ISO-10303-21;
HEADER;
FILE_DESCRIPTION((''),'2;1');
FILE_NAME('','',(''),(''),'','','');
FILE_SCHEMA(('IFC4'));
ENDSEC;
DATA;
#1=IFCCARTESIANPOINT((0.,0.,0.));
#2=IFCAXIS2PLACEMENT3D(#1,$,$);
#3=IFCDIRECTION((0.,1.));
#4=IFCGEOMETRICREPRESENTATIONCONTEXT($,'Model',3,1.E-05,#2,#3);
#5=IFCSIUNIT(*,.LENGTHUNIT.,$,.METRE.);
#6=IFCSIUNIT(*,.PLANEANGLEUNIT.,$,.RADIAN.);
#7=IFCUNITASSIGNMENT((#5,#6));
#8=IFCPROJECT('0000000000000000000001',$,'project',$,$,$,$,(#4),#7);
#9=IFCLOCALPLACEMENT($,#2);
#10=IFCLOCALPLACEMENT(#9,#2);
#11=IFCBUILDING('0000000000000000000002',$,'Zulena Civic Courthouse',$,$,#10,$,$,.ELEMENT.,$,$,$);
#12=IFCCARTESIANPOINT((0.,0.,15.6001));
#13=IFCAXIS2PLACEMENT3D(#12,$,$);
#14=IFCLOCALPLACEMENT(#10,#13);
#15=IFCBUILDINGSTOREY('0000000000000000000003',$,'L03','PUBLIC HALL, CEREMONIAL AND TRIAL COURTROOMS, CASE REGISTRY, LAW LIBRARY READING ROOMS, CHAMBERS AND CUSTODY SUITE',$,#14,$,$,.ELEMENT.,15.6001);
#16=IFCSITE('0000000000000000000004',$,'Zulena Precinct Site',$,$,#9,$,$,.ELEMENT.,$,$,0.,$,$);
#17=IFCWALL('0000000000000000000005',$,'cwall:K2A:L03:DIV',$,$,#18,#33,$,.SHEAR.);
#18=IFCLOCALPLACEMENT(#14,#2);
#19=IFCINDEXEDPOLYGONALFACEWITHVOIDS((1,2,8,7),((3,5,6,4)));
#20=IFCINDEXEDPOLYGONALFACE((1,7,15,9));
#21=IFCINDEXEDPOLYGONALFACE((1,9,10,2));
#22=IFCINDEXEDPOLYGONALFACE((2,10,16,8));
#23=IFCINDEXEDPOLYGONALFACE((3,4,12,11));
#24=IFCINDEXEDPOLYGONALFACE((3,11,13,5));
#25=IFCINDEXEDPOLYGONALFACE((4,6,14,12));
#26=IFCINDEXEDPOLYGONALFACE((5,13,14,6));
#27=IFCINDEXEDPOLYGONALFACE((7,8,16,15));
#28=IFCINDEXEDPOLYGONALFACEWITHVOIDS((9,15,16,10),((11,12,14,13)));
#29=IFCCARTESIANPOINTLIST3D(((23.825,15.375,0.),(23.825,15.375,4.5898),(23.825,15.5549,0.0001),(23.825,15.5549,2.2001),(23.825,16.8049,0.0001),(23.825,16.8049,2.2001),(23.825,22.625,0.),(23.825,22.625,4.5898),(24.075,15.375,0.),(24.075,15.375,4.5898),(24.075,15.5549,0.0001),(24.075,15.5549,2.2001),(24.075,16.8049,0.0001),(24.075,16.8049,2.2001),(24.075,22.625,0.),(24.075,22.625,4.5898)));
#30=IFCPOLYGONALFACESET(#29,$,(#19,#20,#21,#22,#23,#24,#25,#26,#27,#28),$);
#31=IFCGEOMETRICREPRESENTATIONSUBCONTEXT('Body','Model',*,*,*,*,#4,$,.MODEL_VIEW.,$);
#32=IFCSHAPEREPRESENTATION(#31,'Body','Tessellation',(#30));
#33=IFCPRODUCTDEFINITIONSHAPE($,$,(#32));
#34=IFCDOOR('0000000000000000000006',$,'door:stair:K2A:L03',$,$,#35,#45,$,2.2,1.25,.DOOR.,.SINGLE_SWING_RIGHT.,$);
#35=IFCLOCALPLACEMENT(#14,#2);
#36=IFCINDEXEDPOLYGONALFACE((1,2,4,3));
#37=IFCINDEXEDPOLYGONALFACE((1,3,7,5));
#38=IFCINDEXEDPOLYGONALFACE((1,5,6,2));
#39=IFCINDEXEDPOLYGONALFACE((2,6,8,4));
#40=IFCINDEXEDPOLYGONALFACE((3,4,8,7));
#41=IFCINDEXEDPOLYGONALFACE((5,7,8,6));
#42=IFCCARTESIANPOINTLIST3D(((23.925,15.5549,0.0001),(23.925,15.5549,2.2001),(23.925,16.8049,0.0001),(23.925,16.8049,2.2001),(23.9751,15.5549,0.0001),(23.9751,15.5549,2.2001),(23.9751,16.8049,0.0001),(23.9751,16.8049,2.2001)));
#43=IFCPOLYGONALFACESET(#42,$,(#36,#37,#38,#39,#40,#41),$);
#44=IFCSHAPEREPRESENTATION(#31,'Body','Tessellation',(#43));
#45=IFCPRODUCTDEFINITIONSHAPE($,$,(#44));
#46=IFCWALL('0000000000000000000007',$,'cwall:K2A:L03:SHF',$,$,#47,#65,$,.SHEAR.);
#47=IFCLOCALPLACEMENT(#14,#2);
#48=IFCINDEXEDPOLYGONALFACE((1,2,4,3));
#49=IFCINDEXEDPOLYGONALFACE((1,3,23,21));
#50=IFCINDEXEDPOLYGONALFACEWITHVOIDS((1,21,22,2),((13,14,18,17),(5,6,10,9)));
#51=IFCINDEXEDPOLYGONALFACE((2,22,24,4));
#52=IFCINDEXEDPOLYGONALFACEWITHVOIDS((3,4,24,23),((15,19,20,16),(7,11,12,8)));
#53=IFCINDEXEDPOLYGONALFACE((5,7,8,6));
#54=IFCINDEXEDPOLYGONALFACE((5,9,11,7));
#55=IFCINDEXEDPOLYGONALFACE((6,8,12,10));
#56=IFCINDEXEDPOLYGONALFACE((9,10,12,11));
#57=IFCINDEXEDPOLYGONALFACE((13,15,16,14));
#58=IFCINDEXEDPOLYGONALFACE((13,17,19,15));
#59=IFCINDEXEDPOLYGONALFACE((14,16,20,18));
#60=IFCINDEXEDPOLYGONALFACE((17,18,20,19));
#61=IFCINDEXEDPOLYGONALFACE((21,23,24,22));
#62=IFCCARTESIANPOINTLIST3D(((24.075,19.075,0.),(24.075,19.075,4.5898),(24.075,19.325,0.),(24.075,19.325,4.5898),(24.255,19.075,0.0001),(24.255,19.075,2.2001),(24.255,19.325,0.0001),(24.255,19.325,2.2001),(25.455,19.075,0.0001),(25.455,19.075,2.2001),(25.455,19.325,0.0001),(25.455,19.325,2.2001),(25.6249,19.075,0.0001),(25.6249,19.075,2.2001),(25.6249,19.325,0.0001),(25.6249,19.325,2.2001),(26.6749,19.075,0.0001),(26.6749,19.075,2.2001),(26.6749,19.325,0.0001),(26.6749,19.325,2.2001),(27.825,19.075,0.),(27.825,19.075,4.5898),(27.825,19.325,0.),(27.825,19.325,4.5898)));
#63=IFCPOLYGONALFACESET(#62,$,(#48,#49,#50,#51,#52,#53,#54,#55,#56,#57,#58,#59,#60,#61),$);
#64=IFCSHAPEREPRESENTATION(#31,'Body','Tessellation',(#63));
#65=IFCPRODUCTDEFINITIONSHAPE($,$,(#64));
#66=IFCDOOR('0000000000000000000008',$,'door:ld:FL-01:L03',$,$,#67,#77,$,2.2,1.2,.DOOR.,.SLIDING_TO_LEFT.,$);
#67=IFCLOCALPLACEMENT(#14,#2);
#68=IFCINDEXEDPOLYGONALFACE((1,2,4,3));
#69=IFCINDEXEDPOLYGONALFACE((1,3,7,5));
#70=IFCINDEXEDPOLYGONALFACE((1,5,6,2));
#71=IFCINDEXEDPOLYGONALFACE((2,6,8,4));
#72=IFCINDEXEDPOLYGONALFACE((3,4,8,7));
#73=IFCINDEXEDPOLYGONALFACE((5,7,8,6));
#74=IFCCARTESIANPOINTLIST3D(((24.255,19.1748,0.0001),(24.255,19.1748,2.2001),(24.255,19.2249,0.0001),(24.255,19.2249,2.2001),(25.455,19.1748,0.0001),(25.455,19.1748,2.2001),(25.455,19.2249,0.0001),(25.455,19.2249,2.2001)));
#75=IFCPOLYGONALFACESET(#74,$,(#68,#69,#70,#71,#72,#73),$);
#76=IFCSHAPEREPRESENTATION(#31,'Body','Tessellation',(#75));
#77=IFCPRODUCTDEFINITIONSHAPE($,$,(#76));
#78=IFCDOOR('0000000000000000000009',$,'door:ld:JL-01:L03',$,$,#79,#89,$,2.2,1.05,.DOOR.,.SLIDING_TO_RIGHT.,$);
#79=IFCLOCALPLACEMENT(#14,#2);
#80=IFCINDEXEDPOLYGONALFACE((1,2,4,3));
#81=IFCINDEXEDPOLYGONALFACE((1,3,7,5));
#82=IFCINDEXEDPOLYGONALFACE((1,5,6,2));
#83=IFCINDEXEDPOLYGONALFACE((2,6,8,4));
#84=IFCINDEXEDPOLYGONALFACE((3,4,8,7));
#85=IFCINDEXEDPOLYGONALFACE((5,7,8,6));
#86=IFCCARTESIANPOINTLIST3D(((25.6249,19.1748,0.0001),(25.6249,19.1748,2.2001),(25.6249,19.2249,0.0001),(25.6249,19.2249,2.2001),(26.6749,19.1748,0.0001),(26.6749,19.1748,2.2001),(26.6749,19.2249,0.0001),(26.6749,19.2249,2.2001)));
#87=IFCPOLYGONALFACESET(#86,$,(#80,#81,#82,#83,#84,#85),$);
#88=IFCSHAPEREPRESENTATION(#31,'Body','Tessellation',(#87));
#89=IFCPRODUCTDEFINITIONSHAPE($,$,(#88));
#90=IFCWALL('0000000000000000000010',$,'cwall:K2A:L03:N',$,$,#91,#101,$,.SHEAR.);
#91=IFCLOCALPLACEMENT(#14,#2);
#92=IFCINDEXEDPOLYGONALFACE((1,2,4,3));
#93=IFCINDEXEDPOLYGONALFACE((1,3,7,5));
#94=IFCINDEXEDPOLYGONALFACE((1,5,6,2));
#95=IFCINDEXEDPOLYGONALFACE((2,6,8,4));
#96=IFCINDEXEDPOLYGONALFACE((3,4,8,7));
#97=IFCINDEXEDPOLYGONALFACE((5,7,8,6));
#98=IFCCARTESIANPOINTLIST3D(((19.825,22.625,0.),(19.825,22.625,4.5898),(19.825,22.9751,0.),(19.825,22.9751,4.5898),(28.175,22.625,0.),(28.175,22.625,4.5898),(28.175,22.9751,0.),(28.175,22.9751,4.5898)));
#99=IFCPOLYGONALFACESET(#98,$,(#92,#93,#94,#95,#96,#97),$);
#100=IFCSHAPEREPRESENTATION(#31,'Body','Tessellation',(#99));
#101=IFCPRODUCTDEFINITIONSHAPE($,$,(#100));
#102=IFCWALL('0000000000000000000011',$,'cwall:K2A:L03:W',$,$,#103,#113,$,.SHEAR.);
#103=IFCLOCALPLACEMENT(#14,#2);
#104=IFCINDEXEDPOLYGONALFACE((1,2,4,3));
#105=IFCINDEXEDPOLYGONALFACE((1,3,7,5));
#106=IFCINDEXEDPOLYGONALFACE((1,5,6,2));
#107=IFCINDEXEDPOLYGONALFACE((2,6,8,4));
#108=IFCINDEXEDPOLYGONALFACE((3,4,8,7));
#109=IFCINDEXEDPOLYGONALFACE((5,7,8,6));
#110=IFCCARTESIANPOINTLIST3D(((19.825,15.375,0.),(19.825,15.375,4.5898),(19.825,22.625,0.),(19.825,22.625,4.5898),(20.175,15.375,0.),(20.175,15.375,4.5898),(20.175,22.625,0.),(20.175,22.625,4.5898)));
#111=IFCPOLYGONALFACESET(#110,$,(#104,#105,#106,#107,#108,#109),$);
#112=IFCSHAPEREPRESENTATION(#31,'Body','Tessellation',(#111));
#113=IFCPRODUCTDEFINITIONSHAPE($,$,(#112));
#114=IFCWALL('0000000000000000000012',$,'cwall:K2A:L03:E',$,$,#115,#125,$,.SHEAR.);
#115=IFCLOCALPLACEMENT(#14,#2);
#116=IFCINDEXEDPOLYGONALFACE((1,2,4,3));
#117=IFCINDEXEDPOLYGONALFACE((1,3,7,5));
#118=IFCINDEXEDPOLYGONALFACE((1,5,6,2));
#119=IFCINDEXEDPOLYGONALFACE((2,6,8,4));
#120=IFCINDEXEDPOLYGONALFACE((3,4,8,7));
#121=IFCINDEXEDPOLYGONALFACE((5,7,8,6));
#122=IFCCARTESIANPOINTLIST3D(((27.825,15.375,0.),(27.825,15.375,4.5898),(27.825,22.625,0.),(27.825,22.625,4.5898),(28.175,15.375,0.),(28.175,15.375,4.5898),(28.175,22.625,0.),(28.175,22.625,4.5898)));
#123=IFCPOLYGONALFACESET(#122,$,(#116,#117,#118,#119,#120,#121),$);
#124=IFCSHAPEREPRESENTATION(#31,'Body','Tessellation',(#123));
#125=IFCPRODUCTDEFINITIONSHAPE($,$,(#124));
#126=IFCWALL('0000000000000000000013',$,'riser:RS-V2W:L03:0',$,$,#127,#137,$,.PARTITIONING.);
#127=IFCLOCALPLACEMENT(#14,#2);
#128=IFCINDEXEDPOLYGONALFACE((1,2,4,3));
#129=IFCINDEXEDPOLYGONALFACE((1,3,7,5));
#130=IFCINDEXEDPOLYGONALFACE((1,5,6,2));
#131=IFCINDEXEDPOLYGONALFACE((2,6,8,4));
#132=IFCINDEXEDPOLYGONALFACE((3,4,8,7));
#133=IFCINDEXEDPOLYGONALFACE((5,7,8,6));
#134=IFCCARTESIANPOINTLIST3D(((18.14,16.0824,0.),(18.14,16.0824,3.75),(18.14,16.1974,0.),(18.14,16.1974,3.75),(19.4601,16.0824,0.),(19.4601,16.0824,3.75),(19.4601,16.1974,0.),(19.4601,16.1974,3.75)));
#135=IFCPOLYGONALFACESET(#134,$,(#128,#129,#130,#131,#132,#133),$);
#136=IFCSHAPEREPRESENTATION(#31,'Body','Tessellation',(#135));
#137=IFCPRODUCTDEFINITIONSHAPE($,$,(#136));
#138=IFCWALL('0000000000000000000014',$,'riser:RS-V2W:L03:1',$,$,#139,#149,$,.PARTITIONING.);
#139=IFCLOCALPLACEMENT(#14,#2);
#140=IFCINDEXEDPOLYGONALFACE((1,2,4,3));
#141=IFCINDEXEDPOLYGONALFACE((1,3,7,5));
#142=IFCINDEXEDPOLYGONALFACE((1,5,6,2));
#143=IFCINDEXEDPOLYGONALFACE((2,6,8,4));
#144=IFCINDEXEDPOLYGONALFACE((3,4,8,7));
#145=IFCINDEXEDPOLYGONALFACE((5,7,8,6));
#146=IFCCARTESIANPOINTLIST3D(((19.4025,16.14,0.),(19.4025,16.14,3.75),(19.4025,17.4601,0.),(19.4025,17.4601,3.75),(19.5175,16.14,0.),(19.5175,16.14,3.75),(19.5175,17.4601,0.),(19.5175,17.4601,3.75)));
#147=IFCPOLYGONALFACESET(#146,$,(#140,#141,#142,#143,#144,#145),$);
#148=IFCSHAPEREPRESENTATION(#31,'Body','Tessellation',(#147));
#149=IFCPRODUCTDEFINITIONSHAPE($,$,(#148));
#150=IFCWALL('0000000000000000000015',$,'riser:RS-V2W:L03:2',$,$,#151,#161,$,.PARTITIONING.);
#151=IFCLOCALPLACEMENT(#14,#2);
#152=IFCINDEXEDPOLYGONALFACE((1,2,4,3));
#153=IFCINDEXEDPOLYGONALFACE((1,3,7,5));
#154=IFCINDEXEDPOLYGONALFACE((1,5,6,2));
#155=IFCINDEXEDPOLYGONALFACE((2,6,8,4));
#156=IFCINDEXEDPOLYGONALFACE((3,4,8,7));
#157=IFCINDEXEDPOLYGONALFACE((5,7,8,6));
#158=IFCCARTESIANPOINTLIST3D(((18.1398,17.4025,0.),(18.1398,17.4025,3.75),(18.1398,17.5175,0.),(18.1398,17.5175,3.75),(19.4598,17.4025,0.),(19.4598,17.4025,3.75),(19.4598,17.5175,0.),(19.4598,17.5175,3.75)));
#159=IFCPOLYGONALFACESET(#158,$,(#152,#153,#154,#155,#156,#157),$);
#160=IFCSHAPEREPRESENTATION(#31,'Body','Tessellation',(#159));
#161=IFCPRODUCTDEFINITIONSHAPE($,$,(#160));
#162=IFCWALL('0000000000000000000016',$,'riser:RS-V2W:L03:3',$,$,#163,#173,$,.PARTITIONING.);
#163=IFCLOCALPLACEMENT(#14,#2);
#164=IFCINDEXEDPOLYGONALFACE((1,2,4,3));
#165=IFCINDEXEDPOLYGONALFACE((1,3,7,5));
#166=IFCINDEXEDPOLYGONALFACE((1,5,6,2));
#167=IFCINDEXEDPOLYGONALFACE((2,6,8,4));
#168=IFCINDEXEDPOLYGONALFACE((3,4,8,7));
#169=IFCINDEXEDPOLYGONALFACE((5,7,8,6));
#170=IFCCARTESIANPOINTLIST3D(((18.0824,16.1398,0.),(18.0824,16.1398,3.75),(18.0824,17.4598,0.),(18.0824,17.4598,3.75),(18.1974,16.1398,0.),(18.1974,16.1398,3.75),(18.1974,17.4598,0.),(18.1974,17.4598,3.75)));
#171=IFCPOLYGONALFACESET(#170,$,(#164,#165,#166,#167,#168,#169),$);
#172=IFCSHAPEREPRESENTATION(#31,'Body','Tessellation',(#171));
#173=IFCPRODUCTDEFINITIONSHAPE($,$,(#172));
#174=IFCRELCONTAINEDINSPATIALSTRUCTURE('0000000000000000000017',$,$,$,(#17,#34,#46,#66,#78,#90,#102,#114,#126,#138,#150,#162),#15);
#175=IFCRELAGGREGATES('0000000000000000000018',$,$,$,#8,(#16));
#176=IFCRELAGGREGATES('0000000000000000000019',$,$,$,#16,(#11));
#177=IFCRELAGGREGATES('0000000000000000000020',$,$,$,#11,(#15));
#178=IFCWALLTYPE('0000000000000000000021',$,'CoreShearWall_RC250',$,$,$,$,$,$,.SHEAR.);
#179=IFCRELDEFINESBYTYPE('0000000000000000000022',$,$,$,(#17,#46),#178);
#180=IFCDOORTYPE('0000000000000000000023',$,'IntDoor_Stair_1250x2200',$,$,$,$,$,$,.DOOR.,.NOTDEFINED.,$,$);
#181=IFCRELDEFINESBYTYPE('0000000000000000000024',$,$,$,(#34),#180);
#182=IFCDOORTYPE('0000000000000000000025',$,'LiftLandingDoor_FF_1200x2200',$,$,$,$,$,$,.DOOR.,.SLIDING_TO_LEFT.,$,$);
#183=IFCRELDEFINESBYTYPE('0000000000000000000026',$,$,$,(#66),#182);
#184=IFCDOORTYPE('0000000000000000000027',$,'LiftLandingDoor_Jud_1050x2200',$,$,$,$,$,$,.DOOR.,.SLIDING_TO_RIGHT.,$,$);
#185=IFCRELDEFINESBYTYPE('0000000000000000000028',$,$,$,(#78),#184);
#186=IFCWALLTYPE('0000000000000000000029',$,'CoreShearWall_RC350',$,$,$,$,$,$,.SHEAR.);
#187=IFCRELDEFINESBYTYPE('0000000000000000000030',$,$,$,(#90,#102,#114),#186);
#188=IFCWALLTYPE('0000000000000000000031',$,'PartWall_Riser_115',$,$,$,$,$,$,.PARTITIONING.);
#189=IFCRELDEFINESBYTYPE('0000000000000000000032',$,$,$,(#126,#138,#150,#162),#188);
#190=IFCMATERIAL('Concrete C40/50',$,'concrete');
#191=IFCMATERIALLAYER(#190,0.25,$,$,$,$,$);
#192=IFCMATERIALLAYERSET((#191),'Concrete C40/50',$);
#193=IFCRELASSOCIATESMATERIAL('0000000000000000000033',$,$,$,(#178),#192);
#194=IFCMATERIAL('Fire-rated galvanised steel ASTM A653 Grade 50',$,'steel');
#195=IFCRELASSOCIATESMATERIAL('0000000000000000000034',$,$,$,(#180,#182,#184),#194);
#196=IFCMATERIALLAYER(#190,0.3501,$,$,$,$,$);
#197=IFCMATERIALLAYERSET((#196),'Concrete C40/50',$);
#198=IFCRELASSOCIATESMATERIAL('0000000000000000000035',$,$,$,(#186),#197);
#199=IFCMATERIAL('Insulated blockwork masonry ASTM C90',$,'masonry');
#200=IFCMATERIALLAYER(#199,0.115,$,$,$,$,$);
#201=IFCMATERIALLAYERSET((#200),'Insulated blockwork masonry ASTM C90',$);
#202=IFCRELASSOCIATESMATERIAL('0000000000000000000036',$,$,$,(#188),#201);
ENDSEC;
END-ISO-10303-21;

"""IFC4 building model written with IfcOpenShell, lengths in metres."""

from ifc_helpers import new_model, si_unit, direction, frame, frame_2d, origin, place, context, subcontext, project, spatial, rectangle, extrude, material, layer, layer_set, type_object, element, fill, save


model = new_model("IFC4")

# Units and contexts
model_context = context("Model", 3, precision=1e-05, world=origin(), true_north=direction((0.0, 1.0)))
body_context = subcontext(model_context, "Body", "Model", "MODEL_VIEW")
ifc_project = project(units=[si_unit("LENGTHUNIT", "METRE"), si_unit("PLANEANGLEUNIT", "RADIAN")], contexts=[model_context])

# Site, building, storey
site_placement = place(None, origin())
site = spatial("IfcSite", under=ifc_project, at=site_placement, Name="Zulena Precinct Site", CompositionType="ELEMENT", RefElevation=0.0)
building_placement = place(site_placement, origin())
building = spatial("IfcBuilding", under=site, at=building_placement, Name="Zulena Civic Courthouse", CompositionType="ELEMENT")
storey_placement = place(building_placement, frame((0.0, 0.0, 15.6001)))
storey = spatial("IfcBuildingStorey", under=building, at=storey_placement, Name="L03", Description="PUBLIC HALL, CEREMONIAL AND TRIAL COURTROOMS, CASE REGISTRY, LAW LIBRARY READING ROOMS, CHAMBERS AND CUSTODY SUITE", CompositionType="ELEMENT", Elevation=15.6001)

# Wall, opening, door
ifc_material_1 = material(Name="Concrete C40/50", Category="concrete")
ifc_layer_1 = layer(ifc_material_1, 0.25)
ifc_layer_set_1 = layer_set([ifc_layer_1], Name="Concrete C40/50")
wall_type_1 = type_object("IfcWallType", Name="CoreShearWall_RC250", PredefinedType="SHEAR", material=ifc_layer_set_1)
wall_1_placement = place(storey_placement, frame((23.95, 15.375, 0.0), z_axis=(0.0, 0.0, 1.0), x_axis=(0.0, 1.0, 0.0)))
wall_1 = element("IfcWall", 1, at=wall_1_placement, inside=storey, type_object=wall_type_1, Name="cwall:K2A:L03:DIV", PredefinedType="SHEAR", context=body_context, shape_type="SweptSolid", body=[
    extrude(rectangle(XDim=7.25, YDim=0.25, at=frame_2d((3.625, 0.0))), origin(), (0.0, 0.0, 1.0), 4.5898),
])
opening_1_placement = place(wall_1_placement, frame((0.1799, 0.0, 0.0)))
opening_1 = element("IfcOpeningElement", 2, at=opening_1_placement, cuts=wall_1, PredefinedType="OPENING", context=body_context, shape_type="SweptSolid", body=[
    extrude(rectangle(XDim=1.25, YDim=2.2, at=frame_2d((0.625, 1.1001))), frame((0.0, 0.135, 0.0), z_axis=(0.0, -1.0, 0.0), x_axis=(1.0, 0.0, 0.0)), (0.0, 0.0, 1.0), 0.27),
])
ifc_material_2 = material(Name="Fire-rated galvanised steel ASTM A653 Grade 50", Category="steel")
door_type_1 = type_object("IfcDoorType", Name="IntDoor_Stair_1250x2200", OperationType="NOTDEFINED", PredefinedType="DOOR", material=ifc_material_2)
door_1_placement = place(opening_1_placement, origin())
door_1 = element("IfcDoor", 3, at=door_1_placement, inside=storey, type_object=door_type_1, Name="door:stair:K2A:L03", OperationType="SINGLE_SWING_RIGHT", OverallHeight=2.2, OverallWidth=1.25, PredefinedType="DOOR", context=body_context, shape_type="SweptSolid", body=[
    extrude(rectangle(XDim=1.25, YDim=2.2, at=frame_2d((0.625, 1.1001))), frame((0.0, 0.0249, 0.0), z_axis=(0.0, -1.0, 0.0), x_axis=(1.0, 0.0, 0.0)), (0.0, 0.0, 1.0), 0.05),
])
fill(opening_1, door_1)

# Wall, openings, doors
wall_2_placement = place(storey_placement, frame((24.075, 19.2, 0.0), z_axis=(0.0, 0.0, 1.0), x_axis=(1.0, 0.0, 0.0)))
wall_2 = element("IfcWall", 4, at=wall_2_placement, inside=storey, type_object=wall_type_1, Name="cwall:K2A:L03:SHF", PredefinedType="SHEAR", context=body_context, shape_type="SweptSolid", body=[
    extrude(rectangle(XDim=3.75, YDim=0.25, at=frame_2d((1.875, 0.0))), origin(), (0.0, 0.0, 1.0), 4.5898),
])
opening_2_placement = place(wall_2_placement, frame((0.1799, 0.0, 0.0)))
opening_2 = element("IfcOpeningElement", 5, at=opening_2_placement, cuts=wall_2, PredefinedType="OPENING", context=body_context, shape_type="SweptSolid", body=[
    extrude(rectangle(XDim=1.2, YDim=2.2, at=frame_2d((0.6001, 1.1001))), frame((0.0, 0.135, 0.0), z_axis=(0.0, -1.0, 0.0), x_axis=(1.0, 0.0, 0.0)), (0.0, 0.0, 1.0), 0.27),
])
opening_3_placement = place(wall_2_placement, frame((1.55, 0.0, 0.0)))
opening_3 = element("IfcOpeningElement", 6, at=opening_3_placement, cuts=wall_2, PredefinedType="OPENING", context=body_context, shape_type="SweptSolid", body=[
    extrude(rectangle(XDim=1.05, YDim=2.2, at=frame_2d((0.5249, 1.1001))), frame((0.0, 0.135, 0.0), z_axis=(0.0, -1.0, 0.0), x_axis=(1.0, 0.0, 0.0)), (0.0, 0.0, 1.0), 0.27),
])
door_type_2 = type_object("IfcDoorType", Name="LiftLandingDoor_FF_1200x2200", OperationType="SLIDING_TO_LEFT", PredefinedType="DOOR", material=ifc_material_2)
door_2_placement = place(opening_2_placement, origin())
door_2 = element("IfcDoor", 7, at=door_2_placement, inside=storey, type_object=door_type_2, Name="door:ld:FL-01:L03", OperationType="SLIDING_TO_LEFT", OverallHeight=2.2, OverallWidth=1.2, PredefinedType="DOOR", context=body_context, shape_type="SweptSolid", body=[
    extrude(rectangle(XDim=1.2, YDim=2.2, at=frame_2d((0.6001, 1.1001))), frame((0.0, 0.0249, 0.0), z_axis=(0.0, -1.0, 0.0), x_axis=(1.0, 0.0, 0.0)), (0.0, 0.0, 1.0), 0.05),
])
fill(opening_2, door_2)
door_type_3 = type_object("IfcDoorType", Name="LiftLandingDoor_Jud_1050x2200", OperationType="SLIDING_TO_RIGHT", PredefinedType="DOOR", material=ifc_material_2)
door_3_placement = place(opening_3_placement, origin())
door_3 = element("IfcDoor", 8, at=door_3_placement, inside=storey, type_object=door_type_3, Name="door:ld:JL-01:L03", OperationType="SLIDING_TO_RIGHT", OverallHeight=2.2, OverallWidth=1.05, PredefinedType="DOOR", context=body_context, shape_type="SweptSolid", body=[
    extrude(rectangle(XDim=1.05, YDim=2.2, at=frame_2d((0.5249, 1.1001))), frame((0.0, 0.0249, 0.0), z_axis=(0.0, -1.0, 0.0), x_axis=(1.0, 0.0, 0.0)), (0.0, 0.0, 1.0), 0.05),
])
fill(opening_3, door_3)

# Walls
ifc_layer_2 = layer(ifc_material_1, 0.3501)
ifc_layer_set_2 = layer_set([ifc_layer_2], Name="Concrete C40/50")
wall_type_2 = type_object("IfcWallType", Name="CoreShearWall_RC350", PredefinedType="SHEAR", material=ifc_layer_set_2)
wall_3_placement = place(storey_placement, frame((19.825, 22.8, 0.0), z_axis=(0.0, 0.0, 1.0), x_axis=(1.0, 0.0, 0.0)))
element("IfcWall", 9, at=wall_3_placement, inside=storey, type_object=wall_type_2, Name="cwall:K2A:L03:N", PredefinedType="SHEAR", context=body_context, shape_type="SweptSolid", body=[
    extrude(rectangle(XDim=8.3501, YDim=0.3501, at=frame_2d((4.175, 0.0))), origin(), (0.0, 0.0, 1.0), 4.5898),
])
for number, where, z_axis, x_axis, name in (
    (10, (20.0, 15.375, 0.0), (0.0, 0.0, 1.0), (0.0, 1.0, 0.0), "cwall:K2A:L03:W"),
    (11, (28.0, 15.375, 0.0), (0.0, 0.0, 1.0), (0.0, 1.0, 0.0), "cwall:K2A:L03:E"),
):
    element("IfcWall", number, at=place(storey_placement, frame(where, z_axis=z_axis, x_axis=x_axis)), inside=storey, type_object=wall_type_2, Name=name, PredefinedType="SHEAR", context=body_context, shape_type="SweptSolid", body=[
        extrude(rectangle(XDim=7.25, YDim=0.3501, at=frame_2d((3.625, 0.0))), origin(), (0.0, 0.0, 1.0), 4.5898),
    ])
ifc_material_3 = material(Name="Insulated blockwork masonry ASTM C90", Category="masonry")
ifc_layer_3 = layer(ifc_material_3, 0.115)
ifc_layer_set_3 = layer_set([ifc_layer_3], Name="Insulated blockwork masonry ASTM C90")
wall_type_3 = type_object("IfcWallType", Name="PartWall_Riser_115", PredefinedType="PARTITIONING", material=ifc_layer_set_3)
for number, where, z_axis, x_axis, name in (
    (12, (18.1399, 16.1399, 0.0), (0.0, 0.0, 1.0), (1.0, 0.0, 0.0), "riser:RS-V2W:L03:0"),
    (13, (19.46, 16.1399, 0.0), (0.0, 0.0, 1.0), (0.0, 1.0, 0.0), "riser:RS-V2W:L03:1"),
    (14, (19.46, 17.46, 0.0), (0.0, 0.0, 1.0), (-1.0, 0.0, 0.0), "riser:RS-V2W:L03:2"),
    (15, (18.1399, 17.46, 0.0), (0.0, 0.0, 1.0), (0.0, -1.0, 0.0), "riser:RS-V2W:L03:3"),
):
    element("IfcWall", number, at=place(storey_placement, frame(where, z_axis=z_axis, x_axis=x_axis)), inside=storey, type_object=wall_type_3, Name=name, PredefinedType="PARTITIONING", context=body_context, shape_type="SweptSolid", body=[
        extrude(rectangle(XDim=1.3201, YDim=0.115, at=frame_2d((0.6602, 0.0))), origin(), (0.0, 0.0, 1.0), 3.75),
    ])

save(model, "model.ifc")
